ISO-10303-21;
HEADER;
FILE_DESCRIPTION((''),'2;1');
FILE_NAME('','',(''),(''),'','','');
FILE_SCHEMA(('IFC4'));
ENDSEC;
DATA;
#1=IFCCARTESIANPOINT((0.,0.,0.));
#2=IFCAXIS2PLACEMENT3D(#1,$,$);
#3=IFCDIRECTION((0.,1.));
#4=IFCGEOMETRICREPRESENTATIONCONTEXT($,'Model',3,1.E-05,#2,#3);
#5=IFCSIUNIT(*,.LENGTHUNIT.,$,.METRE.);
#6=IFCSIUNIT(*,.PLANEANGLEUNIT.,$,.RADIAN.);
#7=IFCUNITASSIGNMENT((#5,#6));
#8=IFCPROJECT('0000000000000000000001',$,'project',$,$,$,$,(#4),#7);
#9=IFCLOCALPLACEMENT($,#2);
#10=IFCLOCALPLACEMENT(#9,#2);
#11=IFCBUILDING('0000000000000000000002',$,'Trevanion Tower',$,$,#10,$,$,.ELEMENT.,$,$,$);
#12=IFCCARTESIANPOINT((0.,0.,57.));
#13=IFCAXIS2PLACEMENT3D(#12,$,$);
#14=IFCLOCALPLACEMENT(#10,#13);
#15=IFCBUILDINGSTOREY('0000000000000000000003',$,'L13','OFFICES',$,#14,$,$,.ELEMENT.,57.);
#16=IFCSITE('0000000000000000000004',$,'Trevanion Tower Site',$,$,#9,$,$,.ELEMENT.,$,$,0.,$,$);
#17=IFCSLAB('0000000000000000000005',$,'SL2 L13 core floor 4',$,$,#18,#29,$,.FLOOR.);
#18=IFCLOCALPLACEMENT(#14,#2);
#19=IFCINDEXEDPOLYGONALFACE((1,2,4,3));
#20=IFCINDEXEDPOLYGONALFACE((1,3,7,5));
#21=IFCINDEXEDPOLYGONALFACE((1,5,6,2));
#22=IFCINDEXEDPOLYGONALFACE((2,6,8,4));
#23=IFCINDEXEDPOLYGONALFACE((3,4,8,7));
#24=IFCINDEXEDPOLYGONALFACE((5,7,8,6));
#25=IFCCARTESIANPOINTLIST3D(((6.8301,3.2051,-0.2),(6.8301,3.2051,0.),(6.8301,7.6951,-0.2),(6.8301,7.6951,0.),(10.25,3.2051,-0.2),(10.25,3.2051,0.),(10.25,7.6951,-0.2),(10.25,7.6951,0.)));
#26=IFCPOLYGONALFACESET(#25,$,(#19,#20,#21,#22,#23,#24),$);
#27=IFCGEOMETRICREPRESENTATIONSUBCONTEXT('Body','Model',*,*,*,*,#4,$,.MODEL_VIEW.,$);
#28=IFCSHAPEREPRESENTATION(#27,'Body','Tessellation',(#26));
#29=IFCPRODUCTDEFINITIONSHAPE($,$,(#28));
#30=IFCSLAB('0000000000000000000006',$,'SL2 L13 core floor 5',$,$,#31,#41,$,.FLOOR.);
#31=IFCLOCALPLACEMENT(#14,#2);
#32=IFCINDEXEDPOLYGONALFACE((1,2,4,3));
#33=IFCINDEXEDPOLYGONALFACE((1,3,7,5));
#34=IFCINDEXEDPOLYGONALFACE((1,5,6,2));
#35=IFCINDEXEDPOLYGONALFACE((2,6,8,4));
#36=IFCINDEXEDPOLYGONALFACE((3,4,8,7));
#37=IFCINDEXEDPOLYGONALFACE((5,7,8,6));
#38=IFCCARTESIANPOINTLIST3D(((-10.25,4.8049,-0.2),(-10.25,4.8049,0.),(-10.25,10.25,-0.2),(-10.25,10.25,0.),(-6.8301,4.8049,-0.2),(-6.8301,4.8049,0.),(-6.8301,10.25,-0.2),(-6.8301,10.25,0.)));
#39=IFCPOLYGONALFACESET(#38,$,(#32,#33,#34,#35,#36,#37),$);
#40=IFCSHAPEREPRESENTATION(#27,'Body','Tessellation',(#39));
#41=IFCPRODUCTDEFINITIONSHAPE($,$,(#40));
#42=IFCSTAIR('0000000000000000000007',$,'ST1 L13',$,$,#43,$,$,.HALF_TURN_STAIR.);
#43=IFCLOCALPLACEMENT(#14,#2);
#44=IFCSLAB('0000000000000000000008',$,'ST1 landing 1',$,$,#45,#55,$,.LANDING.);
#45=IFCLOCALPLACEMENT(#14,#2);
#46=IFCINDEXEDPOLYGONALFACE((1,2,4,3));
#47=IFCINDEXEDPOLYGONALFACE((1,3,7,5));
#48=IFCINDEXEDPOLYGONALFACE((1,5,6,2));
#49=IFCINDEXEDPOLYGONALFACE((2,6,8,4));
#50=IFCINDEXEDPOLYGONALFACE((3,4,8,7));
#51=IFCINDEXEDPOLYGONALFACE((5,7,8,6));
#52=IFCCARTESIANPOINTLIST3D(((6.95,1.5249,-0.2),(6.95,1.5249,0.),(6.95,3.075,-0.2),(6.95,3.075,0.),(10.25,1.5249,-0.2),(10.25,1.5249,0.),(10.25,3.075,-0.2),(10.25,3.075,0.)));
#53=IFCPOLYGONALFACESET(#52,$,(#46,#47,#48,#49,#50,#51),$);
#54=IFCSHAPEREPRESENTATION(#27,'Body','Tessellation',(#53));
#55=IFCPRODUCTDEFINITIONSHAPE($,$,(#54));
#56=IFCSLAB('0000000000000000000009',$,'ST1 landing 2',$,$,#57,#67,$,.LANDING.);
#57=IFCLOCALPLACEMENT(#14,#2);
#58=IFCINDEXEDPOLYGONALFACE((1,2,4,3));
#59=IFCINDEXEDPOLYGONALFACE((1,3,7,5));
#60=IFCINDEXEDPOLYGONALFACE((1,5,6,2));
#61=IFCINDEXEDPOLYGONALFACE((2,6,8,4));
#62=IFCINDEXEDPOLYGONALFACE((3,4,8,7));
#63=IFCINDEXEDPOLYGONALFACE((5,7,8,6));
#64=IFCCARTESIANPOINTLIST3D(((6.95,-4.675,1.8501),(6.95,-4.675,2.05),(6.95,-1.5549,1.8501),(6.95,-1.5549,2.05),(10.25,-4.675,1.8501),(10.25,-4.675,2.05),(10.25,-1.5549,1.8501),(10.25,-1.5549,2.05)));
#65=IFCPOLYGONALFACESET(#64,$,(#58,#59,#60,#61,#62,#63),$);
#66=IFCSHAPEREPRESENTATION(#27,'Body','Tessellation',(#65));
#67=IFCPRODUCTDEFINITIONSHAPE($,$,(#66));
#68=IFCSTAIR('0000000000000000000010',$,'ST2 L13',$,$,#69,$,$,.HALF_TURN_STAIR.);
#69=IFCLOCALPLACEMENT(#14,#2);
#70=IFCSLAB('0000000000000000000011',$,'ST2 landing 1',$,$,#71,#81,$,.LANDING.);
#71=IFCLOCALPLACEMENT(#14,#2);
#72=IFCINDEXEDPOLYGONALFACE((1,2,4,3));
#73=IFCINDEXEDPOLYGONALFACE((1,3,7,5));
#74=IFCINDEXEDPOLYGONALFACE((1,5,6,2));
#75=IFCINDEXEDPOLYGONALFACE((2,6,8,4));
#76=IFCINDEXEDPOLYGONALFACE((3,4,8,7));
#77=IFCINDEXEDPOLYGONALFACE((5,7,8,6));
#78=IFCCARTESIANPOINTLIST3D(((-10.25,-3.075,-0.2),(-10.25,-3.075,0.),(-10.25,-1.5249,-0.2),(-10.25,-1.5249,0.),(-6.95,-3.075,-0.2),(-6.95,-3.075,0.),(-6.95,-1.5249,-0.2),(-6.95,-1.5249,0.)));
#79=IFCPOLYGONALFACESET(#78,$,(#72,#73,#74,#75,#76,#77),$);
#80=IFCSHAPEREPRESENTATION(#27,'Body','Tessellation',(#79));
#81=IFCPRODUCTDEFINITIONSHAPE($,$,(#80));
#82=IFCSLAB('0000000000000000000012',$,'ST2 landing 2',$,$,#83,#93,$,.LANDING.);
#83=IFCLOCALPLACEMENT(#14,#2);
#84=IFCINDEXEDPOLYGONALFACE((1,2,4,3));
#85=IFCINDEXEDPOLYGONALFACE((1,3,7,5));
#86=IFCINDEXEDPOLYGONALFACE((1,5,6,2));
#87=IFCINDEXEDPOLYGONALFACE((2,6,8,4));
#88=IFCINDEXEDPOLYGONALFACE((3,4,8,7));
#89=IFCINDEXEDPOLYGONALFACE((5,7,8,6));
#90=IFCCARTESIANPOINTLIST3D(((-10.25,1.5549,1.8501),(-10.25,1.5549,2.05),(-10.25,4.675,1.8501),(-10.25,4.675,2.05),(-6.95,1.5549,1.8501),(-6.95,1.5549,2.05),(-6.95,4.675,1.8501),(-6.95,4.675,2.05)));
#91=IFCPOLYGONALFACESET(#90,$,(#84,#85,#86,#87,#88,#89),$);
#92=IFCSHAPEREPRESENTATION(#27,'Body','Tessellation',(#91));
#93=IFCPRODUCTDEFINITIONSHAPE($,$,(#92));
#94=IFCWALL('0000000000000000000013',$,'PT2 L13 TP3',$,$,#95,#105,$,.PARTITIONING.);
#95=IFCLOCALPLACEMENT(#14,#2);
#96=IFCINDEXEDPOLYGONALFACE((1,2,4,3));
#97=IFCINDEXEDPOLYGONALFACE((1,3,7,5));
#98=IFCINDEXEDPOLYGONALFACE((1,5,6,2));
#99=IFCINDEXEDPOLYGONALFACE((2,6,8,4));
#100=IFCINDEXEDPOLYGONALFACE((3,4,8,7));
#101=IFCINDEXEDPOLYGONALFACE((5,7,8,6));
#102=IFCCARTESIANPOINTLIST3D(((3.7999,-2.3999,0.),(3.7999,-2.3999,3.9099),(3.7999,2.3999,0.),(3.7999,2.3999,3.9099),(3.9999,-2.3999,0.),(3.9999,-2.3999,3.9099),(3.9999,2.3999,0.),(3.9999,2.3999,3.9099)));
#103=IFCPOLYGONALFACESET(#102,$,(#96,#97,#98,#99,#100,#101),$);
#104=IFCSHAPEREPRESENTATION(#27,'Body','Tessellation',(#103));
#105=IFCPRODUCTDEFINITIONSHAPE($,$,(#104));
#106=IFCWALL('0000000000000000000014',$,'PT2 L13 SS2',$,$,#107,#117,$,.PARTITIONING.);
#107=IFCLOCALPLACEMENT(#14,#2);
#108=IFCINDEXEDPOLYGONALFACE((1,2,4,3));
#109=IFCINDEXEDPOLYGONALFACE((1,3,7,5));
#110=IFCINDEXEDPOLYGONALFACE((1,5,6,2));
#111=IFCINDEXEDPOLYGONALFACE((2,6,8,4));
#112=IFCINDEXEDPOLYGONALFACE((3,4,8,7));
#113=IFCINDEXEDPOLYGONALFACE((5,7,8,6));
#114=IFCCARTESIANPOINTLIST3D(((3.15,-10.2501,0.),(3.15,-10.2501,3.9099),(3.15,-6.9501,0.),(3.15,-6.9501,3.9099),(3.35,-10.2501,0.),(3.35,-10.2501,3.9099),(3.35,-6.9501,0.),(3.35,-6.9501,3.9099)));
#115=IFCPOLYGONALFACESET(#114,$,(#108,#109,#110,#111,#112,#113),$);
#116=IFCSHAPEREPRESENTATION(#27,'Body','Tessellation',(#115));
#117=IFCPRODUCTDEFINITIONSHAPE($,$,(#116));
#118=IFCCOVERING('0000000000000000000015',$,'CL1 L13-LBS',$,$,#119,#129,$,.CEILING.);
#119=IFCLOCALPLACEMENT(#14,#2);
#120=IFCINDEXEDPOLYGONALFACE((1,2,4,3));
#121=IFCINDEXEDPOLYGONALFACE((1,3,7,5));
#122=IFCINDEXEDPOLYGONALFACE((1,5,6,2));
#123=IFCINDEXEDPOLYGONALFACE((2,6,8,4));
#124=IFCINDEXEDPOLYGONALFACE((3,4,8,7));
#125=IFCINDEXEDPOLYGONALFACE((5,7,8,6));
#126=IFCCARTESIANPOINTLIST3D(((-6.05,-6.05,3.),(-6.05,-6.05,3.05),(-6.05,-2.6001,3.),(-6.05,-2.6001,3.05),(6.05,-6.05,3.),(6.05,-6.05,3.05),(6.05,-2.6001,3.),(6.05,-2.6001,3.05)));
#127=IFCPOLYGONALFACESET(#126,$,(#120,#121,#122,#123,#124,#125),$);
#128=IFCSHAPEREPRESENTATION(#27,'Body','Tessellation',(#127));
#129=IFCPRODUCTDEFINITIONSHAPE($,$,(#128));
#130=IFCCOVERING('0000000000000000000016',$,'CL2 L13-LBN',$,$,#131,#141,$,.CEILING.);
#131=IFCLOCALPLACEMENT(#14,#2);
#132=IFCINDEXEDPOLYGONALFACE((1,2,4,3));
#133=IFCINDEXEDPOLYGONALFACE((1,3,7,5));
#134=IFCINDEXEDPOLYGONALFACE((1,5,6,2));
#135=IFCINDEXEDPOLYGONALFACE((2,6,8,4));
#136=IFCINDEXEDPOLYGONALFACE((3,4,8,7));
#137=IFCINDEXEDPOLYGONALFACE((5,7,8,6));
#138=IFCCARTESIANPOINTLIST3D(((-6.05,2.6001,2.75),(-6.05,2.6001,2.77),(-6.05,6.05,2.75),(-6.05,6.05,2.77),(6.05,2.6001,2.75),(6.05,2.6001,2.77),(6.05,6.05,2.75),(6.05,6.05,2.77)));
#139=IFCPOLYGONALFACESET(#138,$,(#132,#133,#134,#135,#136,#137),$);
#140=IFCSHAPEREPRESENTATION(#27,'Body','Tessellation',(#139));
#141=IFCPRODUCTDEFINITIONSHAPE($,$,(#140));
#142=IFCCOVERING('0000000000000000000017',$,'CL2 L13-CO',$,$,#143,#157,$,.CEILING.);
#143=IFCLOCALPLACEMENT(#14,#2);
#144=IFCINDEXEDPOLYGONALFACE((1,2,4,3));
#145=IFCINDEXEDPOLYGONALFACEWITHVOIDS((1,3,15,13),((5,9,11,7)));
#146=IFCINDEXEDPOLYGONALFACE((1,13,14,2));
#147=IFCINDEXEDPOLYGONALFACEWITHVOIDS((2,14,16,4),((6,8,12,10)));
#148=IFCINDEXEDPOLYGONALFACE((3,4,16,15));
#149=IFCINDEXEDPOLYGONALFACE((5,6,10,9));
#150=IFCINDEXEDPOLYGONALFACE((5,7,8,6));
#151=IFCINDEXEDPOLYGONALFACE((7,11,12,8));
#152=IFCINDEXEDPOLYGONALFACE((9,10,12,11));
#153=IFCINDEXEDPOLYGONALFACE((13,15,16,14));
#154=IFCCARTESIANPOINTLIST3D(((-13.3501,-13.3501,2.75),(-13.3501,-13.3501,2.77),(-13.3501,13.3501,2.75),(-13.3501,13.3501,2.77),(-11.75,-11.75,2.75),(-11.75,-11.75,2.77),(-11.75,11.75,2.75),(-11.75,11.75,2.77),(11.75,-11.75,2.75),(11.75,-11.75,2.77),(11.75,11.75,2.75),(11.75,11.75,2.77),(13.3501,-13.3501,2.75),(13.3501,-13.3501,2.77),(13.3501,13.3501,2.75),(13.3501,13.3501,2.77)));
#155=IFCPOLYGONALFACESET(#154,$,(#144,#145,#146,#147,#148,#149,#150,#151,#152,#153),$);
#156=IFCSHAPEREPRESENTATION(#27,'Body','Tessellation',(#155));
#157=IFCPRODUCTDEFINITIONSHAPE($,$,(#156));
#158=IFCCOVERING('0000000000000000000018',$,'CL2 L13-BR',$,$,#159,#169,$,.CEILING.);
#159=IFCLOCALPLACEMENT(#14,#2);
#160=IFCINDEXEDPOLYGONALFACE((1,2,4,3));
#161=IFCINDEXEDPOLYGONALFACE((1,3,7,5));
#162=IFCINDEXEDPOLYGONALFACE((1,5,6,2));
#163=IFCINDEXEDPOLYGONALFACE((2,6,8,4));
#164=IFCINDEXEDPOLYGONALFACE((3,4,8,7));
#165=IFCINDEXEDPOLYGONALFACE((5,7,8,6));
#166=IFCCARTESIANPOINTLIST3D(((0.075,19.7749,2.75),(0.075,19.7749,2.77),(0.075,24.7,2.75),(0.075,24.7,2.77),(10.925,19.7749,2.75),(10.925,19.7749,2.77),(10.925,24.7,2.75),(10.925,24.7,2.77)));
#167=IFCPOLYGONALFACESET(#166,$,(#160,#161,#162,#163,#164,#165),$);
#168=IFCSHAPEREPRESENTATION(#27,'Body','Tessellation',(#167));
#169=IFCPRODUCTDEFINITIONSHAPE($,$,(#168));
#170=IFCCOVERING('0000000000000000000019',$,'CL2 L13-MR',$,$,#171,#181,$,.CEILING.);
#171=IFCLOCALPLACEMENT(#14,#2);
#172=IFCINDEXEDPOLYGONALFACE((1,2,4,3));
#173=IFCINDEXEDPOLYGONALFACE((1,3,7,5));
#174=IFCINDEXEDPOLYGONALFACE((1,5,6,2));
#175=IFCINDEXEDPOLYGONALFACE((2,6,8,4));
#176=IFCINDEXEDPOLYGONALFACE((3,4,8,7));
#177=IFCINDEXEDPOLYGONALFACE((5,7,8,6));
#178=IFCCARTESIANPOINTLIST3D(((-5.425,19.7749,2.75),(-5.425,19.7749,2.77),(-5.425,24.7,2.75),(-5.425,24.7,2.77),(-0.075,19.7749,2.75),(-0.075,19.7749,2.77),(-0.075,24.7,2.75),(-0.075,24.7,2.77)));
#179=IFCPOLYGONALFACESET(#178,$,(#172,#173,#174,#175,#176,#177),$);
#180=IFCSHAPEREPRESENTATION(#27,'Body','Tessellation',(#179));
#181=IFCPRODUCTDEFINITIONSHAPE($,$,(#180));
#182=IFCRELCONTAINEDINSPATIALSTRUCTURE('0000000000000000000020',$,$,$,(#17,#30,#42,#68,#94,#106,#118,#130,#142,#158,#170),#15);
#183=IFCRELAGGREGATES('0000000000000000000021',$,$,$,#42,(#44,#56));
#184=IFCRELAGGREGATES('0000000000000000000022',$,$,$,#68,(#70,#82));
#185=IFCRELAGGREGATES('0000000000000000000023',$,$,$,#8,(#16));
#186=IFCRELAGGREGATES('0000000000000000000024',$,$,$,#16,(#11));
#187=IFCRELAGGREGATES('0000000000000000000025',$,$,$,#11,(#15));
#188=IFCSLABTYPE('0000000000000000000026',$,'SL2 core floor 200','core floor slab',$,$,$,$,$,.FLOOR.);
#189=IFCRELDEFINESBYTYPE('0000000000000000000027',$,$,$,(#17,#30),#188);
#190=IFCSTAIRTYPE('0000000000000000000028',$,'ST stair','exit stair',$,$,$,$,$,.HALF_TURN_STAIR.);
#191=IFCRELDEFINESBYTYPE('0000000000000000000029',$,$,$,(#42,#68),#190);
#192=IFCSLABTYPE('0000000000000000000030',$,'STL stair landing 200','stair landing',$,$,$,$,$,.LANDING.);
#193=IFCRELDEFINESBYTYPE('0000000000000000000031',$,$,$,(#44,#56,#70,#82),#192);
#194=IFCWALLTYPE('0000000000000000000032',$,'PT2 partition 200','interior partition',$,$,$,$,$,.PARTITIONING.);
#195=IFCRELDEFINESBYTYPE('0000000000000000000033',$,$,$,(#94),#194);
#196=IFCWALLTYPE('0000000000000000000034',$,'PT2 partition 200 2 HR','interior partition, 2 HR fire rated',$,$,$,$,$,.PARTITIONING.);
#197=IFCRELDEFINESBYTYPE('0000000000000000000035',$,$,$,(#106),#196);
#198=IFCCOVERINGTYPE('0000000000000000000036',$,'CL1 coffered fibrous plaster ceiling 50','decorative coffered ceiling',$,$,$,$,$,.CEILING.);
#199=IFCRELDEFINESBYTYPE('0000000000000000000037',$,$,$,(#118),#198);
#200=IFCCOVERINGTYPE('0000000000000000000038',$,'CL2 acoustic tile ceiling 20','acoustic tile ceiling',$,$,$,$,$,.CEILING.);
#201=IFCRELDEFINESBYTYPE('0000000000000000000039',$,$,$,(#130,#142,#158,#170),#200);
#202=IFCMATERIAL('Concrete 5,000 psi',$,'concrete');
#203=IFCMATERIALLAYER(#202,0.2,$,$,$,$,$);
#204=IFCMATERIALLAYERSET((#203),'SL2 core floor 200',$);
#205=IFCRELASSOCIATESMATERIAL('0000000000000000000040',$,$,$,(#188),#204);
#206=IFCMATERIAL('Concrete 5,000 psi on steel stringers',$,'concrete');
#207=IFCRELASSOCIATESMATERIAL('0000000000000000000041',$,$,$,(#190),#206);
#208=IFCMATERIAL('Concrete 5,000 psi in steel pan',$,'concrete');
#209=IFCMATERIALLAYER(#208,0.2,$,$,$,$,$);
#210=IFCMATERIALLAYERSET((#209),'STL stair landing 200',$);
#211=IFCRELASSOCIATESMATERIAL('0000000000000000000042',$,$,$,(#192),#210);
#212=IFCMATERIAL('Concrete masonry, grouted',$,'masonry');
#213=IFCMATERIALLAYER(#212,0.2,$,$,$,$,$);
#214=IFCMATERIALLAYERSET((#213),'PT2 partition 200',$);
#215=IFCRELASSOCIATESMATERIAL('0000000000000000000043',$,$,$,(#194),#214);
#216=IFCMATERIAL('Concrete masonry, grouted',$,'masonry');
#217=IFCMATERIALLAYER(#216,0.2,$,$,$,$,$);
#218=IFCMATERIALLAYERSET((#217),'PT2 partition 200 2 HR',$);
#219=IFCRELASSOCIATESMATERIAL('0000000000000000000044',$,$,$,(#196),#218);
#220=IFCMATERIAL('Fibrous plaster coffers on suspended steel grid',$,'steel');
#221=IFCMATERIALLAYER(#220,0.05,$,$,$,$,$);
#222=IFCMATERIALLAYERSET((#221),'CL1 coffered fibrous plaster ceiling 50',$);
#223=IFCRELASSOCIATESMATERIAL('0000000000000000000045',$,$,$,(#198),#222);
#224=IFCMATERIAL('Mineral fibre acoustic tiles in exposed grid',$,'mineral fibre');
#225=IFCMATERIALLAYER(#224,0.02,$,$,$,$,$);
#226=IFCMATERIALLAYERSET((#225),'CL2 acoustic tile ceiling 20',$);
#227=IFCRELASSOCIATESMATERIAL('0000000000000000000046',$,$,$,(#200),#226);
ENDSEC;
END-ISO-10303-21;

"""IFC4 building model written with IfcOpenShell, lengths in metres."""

from ifc_helpers import new_model, si_unit, direction, frame, frame_2d, origin, place, context, subcontext, project, spatial, polyline, rectangle, outline, extrude, material, layer, layer_set, type_object, element, aggregate, save


model = new_model("IFC4")

# Units and contexts
model_context = context("Model", 3, precision=1e-05, world=origin(), true_north=direction((0.0, 1.0)))
body_context = subcontext(model_context, "Body", "Model", "MODEL_VIEW")
ifc_project = project(units=[si_unit("LENGTHUNIT", "METRE"), si_unit("PLANEANGLEUNIT", "RADIAN")], contexts=[model_context])

# Site, building, storey
site_placement = place(None, origin())
site = spatial("IfcSite", under=ifc_project, at=site_placement, Name="Trevanion Tower Site", CompositionType="ELEMENT", RefElevation=0.0)
building_placement = place(site_placement, origin())
building = spatial("IfcBuilding", under=site, at=building_placement, Name="Trevanion Tower", CompositionType="ELEMENT")
storey_placement = place(building_placement, frame((0.0, 0.0, 57.0)))
storey = spatial("IfcBuildingStorey", under=building, at=storey_placement, Name="L13", Description="OFFICES", CompositionType="ELEMENT", Elevation=57.0)

# Slabs
ifc_material_1 = material(Name="Concrete 5,000 psi", Category="concrete")
ifc_layer_1 = layer(ifc_material_1, 0.2)
ifc_layer_set_1 = layer_set([ifc_layer_1], Name="SL2 core floor 200")
slab_type_1 = type_object("IfcSlabType", Name="SL2 core floor 200", Description="core floor slab", PredefinedType="FLOOR", material=ifc_layer_set_1)
slab_1_placement = place(storey_placement, frame((0.0, 0.0, -0.2)))
element("IfcSlab", 1, at=slab_1_placement, inside=storey, type_object=slab_type_1, Name="SL2 L13 core floor 4", PredefinedType="FLOOR", context=body_context, shape_type="SweptSolid", body=[
    extrude(outline(polyline([(6.8301, 3.2051), (6.8301, 7.6951), (10.25, 7.6951), (10.25, 3.2051), (6.8301, 3.2051)])), origin(), (0.0, 0.0, 1.0), 0.2),
])
slab_2_placement = place(storey_placement, frame((0.0, 0.0, -0.2)))
element("IfcSlab", 2, at=slab_2_placement, inside=storey, type_object=slab_type_1, Name="SL2 L13 core floor 5", PredefinedType="FLOOR", context=body_context, shape_type="SweptSolid", body=[
    extrude(outline(polyline([(-6.8301, 4.8049), (-10.25, 4.8049), (-10.25, 10.25), (-6.8301, 10.25), (-6.8301, 4.8049)])), origin(), (0.0, 0.0, 1.0), 0.2),
])

# Stairs, slabs
ifc_material_2 = material(Name="Concrete 5,000 psi on steel stringers", Category="concrete")
stair_type = type_object("IfcStairType", Name="ST stair", Description="exit stair", PredefinedType="HALF_TURN_STAIR", material=ifc_material_2)
stair_1_placement = place(storey_placement, origin())
stair_1 = element("IfcStair", 3, at=stair_1_placement, inside=storey, type_object=stair_type, Name="ST1 L13", PredefinedType="HALF_TURN_STAIR")
ifc_material_3 = material(Name="Concrete 5,000 psi in steel pan", Category="concrete")
ifc_layer_2 = layer(ifc_material_3, 0.2)
ifc_layer_set_2 = layer_set([ifc_layer_2], Name="STL stair landing 200")
slab_type_2 = type_object("IfcSlabType", Name="STL stair landing 200", Description="stair landing", PredefinedType="LANDING", material=ifc_layer_set_2)
slab_3_placement = place(storey_placement, frame((0.0, 0.0, -0.2)))
slab_3 = element("IfcSlab", 4, at=slab_3_placement, type_object=slab_type_2, Name="ST1 landing 1", PredefinedType="LANDING", context=body_context, shape_type="SweptSolid", body=[
    extrude(outline(polyline([(6.95, 1.5249), (10.25, 1.5249), (10.25, 3.075), (6.95, 3.075), (6.95, 1.5249)])), origin(), (0.0, 0.0, 1.0), 0.2),
])
slab_4_placement = place(storey_placement, frame((0.0, 0.0, 1.8501)))
slab_4 = element("IfcSlab", 5, at=slab_4_placement, type_object=slab_type_2, Name="ST1 landing 2", PredefinedType="LANDING", context=body_context, shape_type="SweptSolid", body=[
    extrude(outline(polyline([(6.95, -4.675), (10.25, -4.675), (10.25, -1.5549), (6.95, -1.5549), (6.95, -4.675)])), origin(), (0.0, 0.0, 1.0), 0.2),
])
aggregate(stair_1, [slab_3, slab_4])
stair_2_placement = place(storey_placement, origin())
stair_2 = element("IfcStair", 6, at=stair_2_placement, inside=storey, type_object=stair_type, Name="ST2 L13", PredefinedType="HALF_TURN_STAIR")
slab_5_placement = place(storey_placement, frame((0.0, 0.0, -0.2)))
slab_5 = element("IfcSlab", 7, at=slab_5_placement, type_object=slab_type_2, Name="ST2 landing 1", PredefinedType="LANDING", context=body_context, shape_type="SweptSolid", body=[
    extrude(outline(polyline([(-6.95, -1.5249), (-10.25, -1.5249), (-10.25, -3.075), (-6.95, -3.075), (-6.95, -1.5249)])), origin(), (0.0, 0.0, 1.0), 0.2),
])
slab_6_placement = place(storey_placement, frame((0.0, 0.0, 1.8501)))
slab_6 = element("IfcSlab", 8, at=slab_6_placement, type_object=slab_type_2, Name="ST2 landing 2", PredefinedType="LANDING", context=body_context, shape_type="SweptSolid", body=[
    extrude(outline(polyline([(-6.95, 4.675), (-10.25, 4.675), (-10.25, 1.5549), (-6.95, 1.5549), (-6.95, 4.675)])), origin(), (0.0, 0.0, 1.0), 0.2),
])
aggregate(stair_2, [slab_5, slab_6])

# Walls
ifc_material_4 = material(Name="Concrete masonry, grouted", Category="masonry")
ifc_layer_3 = layer(ifc_material_4, 0.2)
ifc_layer_set_3 = layer_set([ifc_layer_3], Name="PT2 partition 200")
wall_type_1 = type_object("IfcWallType", Name="PT2 partition 200", Description="interior partition", PredefinedType="PARTITIONING", material=ifc_layer_set_3)
wall_1_placement = place(storey_placement, frame((3.8999, -2.3999, 0.0), z_axis=(0.0, 0.0, 1.0), x_axis=(0.0, 1.0, 0.0)))
element("IfcWall", 9, at=wall_1_placement, inside=storey, type_object=wall_type_1, Name="PT2 L13 TP3", PredefinedType="PARTITIONING", context=body_context, shape_type="SweptSolid", body=[
    extrude(rectangle(XDim=4.7998, YDim=0.2, at=frame_2d((2.3999, 0.0))), origin(), (0.0, 0.0, 1.0), 3.9099),
])
ifc_material_5 = material(Name="Concrete masonry, grouted", Category="masonry")
ifc_layer_4 = layer(ifc_material_5, 0.2)
ifc_layer_set_4 = layer_set([ifc_layer_4], Name="PT2 partition 200 2 HR")
wall_type_2 = type_object("IfcWallType", Name="PT2 partition 200 2 HR", Description="interior partition, 2 HR fire rated", PredefinedType="PARTITIONING", material=ifc_layer_set_4)
wall_2_placement = place(storey_placement, frame((3.25, -10.25, 0.0), z_axis=(0.0, 0.0, 1.0), x_axis=(0.0, 1.0, 0.0)))
element("IfcWall", 10, at=wall_2_placement, inside=storey, type_object=wall_type_2, Name="PT2 L13 SS2", PredefinedType="PARTITIONING", context=body_context, shape_type="SweptSolid", body=[
    extrude(rectangle(XDim=3.3, YDim=0.2, at=frame_2d((1.6499, 0.0))), origin(), (0.0, 0.0, 1.0), 3.9099),
])

# Coverings
ifc_material_6 = material(Name="Fibrous plaster coffers on suspended steel grid", Category="steel")
ifc_layer_5 = layer(ifc_material_6, 0.05)
ifc_layer_set_5 = layer_set([ifc_layer_5], Name="CL1 coffered fibrous plaster ceiling 50")
covering_type_1 = type_object("IfcCoveringType", Name="CL1 coffered fibrous plaster ceiling 50", Description="decorative coffered ceiling", PredefinedType="CEILING", material=ifc_layer_set_5)
covering_1_placement = place(storey_placement, frame((0.0, 0.0, 3.0)))
element("IfcCovering", 11, at=covering_1_placement, inside=storey, type_object=covering_type_1, Name="CL1 L13-LBS", PredefinedType="CEILING", context=body_context, shape_type="SweptSolid", body=[
    extrude(outline(polyline([(6.05, -6.05), (6.05, -2.6001), (-6.05, -2.6001), (-6.05, -6.05), (6.05, -6.05)])), origin(), (0.0, 0.0, 1.0), 0.05),
])
ifc_material_7 = material(Name="Mineral fibre acoustic tiles in exposed grid", Category="mineral fibre")
ifc_layer_6 = layer(ifc_material_7, 0.02)
ifc_layer_set_6 = layer_set([ifc_layer_6], Name="CL2 acoustic tile ceiling 20")
covering_type_2 = type_object("IfcCoveringType", Name="CL2 acoustic tile ceiling 20", Description="acoustic tile ceiling", PredefinedType="CEILING", material=ifc_layer_set_6)
covering_2_placement = place(storey_placement, frame((0.0, 0.0, 2.75)))
element("IfcCovering", 12, at=covering_2_placement, inside=storey, type_object=covering_type_2, Name="CL2 L13-LBN", PredefinedType="CEILING", context=body_context, shape_type="SweptSolid", body=[
    extrude(outline(polyline([(6.05, 2.6001), (6.05, 6.05), (-6.05, 6.05), (-6.05, 2.6001), (6.05, 2.6001)])), origin(), (0.0, 0.0, 1.0), 0.02),
])
covering_3_placement = place(storey_placement, frame((0.0, 0.0, 2.75)))
element("IfcCovering", 13, at=covering_3_placement, inside=storey, type_object=covering_type_2, Name="CL2 L13-CO", PredefinedType="CEILING", context=body_context, shape_type="SweptSolid", body=[
    extrude(outline(polyline([(-13.3501, 13.3501), (13.3501, 13.3501), (13.3501, -13.3501), (-13.3501, -13.3501), (-13.3501, 13.3501)]), holes=[polyline([(-11.75, 11.75), (-11.75, -11.75), (11.75, -11.75), (11.75, 11.75), (-11.75, 11.75)])]), origin(), (0.0, 0.0, 1.0), 0.02),
])
covering_4_placement = place(storey_placement, frame((0.0, 0.0, 2.75)))
element("IfcCovering", 14, at=covering_4_placement, inside=storey, type_object=covering_type_2, Name="CL2 L13-BR", PredefinedType="CEILING", context=body_context, shape_type="SweptSolid", body=[
    extrude(outline(polyline([(10.925, 19.7749), (0.075, 19.7749), (0.075, 24.7), (10.925, 24.7), (10.925, 19.7749)])), origin(), (0.0, 0.0, 1.0), 0.02),
])
covering_5_placement = place(storey_placement, frame((0.0, 0.0, 2.75)))
element("IfcCovering", 15, at=covering_5_placement, inside=storey, type_object=covering_type_2, Name="CL2 L13-MR", PredefinedType="CEILING", context=body_context, shape_type="SweptSolid", body=[
    extrude(outline(polyline([(-0.075, 19.7749), (-5.425, 19.7749), (-5.425, 24.7), (-0.075, 24.7), (-0.075, 19.7749)])), origin(), (0.0, 0.0, 1.0), 0.02),
])

save(model, "model.ifc")
